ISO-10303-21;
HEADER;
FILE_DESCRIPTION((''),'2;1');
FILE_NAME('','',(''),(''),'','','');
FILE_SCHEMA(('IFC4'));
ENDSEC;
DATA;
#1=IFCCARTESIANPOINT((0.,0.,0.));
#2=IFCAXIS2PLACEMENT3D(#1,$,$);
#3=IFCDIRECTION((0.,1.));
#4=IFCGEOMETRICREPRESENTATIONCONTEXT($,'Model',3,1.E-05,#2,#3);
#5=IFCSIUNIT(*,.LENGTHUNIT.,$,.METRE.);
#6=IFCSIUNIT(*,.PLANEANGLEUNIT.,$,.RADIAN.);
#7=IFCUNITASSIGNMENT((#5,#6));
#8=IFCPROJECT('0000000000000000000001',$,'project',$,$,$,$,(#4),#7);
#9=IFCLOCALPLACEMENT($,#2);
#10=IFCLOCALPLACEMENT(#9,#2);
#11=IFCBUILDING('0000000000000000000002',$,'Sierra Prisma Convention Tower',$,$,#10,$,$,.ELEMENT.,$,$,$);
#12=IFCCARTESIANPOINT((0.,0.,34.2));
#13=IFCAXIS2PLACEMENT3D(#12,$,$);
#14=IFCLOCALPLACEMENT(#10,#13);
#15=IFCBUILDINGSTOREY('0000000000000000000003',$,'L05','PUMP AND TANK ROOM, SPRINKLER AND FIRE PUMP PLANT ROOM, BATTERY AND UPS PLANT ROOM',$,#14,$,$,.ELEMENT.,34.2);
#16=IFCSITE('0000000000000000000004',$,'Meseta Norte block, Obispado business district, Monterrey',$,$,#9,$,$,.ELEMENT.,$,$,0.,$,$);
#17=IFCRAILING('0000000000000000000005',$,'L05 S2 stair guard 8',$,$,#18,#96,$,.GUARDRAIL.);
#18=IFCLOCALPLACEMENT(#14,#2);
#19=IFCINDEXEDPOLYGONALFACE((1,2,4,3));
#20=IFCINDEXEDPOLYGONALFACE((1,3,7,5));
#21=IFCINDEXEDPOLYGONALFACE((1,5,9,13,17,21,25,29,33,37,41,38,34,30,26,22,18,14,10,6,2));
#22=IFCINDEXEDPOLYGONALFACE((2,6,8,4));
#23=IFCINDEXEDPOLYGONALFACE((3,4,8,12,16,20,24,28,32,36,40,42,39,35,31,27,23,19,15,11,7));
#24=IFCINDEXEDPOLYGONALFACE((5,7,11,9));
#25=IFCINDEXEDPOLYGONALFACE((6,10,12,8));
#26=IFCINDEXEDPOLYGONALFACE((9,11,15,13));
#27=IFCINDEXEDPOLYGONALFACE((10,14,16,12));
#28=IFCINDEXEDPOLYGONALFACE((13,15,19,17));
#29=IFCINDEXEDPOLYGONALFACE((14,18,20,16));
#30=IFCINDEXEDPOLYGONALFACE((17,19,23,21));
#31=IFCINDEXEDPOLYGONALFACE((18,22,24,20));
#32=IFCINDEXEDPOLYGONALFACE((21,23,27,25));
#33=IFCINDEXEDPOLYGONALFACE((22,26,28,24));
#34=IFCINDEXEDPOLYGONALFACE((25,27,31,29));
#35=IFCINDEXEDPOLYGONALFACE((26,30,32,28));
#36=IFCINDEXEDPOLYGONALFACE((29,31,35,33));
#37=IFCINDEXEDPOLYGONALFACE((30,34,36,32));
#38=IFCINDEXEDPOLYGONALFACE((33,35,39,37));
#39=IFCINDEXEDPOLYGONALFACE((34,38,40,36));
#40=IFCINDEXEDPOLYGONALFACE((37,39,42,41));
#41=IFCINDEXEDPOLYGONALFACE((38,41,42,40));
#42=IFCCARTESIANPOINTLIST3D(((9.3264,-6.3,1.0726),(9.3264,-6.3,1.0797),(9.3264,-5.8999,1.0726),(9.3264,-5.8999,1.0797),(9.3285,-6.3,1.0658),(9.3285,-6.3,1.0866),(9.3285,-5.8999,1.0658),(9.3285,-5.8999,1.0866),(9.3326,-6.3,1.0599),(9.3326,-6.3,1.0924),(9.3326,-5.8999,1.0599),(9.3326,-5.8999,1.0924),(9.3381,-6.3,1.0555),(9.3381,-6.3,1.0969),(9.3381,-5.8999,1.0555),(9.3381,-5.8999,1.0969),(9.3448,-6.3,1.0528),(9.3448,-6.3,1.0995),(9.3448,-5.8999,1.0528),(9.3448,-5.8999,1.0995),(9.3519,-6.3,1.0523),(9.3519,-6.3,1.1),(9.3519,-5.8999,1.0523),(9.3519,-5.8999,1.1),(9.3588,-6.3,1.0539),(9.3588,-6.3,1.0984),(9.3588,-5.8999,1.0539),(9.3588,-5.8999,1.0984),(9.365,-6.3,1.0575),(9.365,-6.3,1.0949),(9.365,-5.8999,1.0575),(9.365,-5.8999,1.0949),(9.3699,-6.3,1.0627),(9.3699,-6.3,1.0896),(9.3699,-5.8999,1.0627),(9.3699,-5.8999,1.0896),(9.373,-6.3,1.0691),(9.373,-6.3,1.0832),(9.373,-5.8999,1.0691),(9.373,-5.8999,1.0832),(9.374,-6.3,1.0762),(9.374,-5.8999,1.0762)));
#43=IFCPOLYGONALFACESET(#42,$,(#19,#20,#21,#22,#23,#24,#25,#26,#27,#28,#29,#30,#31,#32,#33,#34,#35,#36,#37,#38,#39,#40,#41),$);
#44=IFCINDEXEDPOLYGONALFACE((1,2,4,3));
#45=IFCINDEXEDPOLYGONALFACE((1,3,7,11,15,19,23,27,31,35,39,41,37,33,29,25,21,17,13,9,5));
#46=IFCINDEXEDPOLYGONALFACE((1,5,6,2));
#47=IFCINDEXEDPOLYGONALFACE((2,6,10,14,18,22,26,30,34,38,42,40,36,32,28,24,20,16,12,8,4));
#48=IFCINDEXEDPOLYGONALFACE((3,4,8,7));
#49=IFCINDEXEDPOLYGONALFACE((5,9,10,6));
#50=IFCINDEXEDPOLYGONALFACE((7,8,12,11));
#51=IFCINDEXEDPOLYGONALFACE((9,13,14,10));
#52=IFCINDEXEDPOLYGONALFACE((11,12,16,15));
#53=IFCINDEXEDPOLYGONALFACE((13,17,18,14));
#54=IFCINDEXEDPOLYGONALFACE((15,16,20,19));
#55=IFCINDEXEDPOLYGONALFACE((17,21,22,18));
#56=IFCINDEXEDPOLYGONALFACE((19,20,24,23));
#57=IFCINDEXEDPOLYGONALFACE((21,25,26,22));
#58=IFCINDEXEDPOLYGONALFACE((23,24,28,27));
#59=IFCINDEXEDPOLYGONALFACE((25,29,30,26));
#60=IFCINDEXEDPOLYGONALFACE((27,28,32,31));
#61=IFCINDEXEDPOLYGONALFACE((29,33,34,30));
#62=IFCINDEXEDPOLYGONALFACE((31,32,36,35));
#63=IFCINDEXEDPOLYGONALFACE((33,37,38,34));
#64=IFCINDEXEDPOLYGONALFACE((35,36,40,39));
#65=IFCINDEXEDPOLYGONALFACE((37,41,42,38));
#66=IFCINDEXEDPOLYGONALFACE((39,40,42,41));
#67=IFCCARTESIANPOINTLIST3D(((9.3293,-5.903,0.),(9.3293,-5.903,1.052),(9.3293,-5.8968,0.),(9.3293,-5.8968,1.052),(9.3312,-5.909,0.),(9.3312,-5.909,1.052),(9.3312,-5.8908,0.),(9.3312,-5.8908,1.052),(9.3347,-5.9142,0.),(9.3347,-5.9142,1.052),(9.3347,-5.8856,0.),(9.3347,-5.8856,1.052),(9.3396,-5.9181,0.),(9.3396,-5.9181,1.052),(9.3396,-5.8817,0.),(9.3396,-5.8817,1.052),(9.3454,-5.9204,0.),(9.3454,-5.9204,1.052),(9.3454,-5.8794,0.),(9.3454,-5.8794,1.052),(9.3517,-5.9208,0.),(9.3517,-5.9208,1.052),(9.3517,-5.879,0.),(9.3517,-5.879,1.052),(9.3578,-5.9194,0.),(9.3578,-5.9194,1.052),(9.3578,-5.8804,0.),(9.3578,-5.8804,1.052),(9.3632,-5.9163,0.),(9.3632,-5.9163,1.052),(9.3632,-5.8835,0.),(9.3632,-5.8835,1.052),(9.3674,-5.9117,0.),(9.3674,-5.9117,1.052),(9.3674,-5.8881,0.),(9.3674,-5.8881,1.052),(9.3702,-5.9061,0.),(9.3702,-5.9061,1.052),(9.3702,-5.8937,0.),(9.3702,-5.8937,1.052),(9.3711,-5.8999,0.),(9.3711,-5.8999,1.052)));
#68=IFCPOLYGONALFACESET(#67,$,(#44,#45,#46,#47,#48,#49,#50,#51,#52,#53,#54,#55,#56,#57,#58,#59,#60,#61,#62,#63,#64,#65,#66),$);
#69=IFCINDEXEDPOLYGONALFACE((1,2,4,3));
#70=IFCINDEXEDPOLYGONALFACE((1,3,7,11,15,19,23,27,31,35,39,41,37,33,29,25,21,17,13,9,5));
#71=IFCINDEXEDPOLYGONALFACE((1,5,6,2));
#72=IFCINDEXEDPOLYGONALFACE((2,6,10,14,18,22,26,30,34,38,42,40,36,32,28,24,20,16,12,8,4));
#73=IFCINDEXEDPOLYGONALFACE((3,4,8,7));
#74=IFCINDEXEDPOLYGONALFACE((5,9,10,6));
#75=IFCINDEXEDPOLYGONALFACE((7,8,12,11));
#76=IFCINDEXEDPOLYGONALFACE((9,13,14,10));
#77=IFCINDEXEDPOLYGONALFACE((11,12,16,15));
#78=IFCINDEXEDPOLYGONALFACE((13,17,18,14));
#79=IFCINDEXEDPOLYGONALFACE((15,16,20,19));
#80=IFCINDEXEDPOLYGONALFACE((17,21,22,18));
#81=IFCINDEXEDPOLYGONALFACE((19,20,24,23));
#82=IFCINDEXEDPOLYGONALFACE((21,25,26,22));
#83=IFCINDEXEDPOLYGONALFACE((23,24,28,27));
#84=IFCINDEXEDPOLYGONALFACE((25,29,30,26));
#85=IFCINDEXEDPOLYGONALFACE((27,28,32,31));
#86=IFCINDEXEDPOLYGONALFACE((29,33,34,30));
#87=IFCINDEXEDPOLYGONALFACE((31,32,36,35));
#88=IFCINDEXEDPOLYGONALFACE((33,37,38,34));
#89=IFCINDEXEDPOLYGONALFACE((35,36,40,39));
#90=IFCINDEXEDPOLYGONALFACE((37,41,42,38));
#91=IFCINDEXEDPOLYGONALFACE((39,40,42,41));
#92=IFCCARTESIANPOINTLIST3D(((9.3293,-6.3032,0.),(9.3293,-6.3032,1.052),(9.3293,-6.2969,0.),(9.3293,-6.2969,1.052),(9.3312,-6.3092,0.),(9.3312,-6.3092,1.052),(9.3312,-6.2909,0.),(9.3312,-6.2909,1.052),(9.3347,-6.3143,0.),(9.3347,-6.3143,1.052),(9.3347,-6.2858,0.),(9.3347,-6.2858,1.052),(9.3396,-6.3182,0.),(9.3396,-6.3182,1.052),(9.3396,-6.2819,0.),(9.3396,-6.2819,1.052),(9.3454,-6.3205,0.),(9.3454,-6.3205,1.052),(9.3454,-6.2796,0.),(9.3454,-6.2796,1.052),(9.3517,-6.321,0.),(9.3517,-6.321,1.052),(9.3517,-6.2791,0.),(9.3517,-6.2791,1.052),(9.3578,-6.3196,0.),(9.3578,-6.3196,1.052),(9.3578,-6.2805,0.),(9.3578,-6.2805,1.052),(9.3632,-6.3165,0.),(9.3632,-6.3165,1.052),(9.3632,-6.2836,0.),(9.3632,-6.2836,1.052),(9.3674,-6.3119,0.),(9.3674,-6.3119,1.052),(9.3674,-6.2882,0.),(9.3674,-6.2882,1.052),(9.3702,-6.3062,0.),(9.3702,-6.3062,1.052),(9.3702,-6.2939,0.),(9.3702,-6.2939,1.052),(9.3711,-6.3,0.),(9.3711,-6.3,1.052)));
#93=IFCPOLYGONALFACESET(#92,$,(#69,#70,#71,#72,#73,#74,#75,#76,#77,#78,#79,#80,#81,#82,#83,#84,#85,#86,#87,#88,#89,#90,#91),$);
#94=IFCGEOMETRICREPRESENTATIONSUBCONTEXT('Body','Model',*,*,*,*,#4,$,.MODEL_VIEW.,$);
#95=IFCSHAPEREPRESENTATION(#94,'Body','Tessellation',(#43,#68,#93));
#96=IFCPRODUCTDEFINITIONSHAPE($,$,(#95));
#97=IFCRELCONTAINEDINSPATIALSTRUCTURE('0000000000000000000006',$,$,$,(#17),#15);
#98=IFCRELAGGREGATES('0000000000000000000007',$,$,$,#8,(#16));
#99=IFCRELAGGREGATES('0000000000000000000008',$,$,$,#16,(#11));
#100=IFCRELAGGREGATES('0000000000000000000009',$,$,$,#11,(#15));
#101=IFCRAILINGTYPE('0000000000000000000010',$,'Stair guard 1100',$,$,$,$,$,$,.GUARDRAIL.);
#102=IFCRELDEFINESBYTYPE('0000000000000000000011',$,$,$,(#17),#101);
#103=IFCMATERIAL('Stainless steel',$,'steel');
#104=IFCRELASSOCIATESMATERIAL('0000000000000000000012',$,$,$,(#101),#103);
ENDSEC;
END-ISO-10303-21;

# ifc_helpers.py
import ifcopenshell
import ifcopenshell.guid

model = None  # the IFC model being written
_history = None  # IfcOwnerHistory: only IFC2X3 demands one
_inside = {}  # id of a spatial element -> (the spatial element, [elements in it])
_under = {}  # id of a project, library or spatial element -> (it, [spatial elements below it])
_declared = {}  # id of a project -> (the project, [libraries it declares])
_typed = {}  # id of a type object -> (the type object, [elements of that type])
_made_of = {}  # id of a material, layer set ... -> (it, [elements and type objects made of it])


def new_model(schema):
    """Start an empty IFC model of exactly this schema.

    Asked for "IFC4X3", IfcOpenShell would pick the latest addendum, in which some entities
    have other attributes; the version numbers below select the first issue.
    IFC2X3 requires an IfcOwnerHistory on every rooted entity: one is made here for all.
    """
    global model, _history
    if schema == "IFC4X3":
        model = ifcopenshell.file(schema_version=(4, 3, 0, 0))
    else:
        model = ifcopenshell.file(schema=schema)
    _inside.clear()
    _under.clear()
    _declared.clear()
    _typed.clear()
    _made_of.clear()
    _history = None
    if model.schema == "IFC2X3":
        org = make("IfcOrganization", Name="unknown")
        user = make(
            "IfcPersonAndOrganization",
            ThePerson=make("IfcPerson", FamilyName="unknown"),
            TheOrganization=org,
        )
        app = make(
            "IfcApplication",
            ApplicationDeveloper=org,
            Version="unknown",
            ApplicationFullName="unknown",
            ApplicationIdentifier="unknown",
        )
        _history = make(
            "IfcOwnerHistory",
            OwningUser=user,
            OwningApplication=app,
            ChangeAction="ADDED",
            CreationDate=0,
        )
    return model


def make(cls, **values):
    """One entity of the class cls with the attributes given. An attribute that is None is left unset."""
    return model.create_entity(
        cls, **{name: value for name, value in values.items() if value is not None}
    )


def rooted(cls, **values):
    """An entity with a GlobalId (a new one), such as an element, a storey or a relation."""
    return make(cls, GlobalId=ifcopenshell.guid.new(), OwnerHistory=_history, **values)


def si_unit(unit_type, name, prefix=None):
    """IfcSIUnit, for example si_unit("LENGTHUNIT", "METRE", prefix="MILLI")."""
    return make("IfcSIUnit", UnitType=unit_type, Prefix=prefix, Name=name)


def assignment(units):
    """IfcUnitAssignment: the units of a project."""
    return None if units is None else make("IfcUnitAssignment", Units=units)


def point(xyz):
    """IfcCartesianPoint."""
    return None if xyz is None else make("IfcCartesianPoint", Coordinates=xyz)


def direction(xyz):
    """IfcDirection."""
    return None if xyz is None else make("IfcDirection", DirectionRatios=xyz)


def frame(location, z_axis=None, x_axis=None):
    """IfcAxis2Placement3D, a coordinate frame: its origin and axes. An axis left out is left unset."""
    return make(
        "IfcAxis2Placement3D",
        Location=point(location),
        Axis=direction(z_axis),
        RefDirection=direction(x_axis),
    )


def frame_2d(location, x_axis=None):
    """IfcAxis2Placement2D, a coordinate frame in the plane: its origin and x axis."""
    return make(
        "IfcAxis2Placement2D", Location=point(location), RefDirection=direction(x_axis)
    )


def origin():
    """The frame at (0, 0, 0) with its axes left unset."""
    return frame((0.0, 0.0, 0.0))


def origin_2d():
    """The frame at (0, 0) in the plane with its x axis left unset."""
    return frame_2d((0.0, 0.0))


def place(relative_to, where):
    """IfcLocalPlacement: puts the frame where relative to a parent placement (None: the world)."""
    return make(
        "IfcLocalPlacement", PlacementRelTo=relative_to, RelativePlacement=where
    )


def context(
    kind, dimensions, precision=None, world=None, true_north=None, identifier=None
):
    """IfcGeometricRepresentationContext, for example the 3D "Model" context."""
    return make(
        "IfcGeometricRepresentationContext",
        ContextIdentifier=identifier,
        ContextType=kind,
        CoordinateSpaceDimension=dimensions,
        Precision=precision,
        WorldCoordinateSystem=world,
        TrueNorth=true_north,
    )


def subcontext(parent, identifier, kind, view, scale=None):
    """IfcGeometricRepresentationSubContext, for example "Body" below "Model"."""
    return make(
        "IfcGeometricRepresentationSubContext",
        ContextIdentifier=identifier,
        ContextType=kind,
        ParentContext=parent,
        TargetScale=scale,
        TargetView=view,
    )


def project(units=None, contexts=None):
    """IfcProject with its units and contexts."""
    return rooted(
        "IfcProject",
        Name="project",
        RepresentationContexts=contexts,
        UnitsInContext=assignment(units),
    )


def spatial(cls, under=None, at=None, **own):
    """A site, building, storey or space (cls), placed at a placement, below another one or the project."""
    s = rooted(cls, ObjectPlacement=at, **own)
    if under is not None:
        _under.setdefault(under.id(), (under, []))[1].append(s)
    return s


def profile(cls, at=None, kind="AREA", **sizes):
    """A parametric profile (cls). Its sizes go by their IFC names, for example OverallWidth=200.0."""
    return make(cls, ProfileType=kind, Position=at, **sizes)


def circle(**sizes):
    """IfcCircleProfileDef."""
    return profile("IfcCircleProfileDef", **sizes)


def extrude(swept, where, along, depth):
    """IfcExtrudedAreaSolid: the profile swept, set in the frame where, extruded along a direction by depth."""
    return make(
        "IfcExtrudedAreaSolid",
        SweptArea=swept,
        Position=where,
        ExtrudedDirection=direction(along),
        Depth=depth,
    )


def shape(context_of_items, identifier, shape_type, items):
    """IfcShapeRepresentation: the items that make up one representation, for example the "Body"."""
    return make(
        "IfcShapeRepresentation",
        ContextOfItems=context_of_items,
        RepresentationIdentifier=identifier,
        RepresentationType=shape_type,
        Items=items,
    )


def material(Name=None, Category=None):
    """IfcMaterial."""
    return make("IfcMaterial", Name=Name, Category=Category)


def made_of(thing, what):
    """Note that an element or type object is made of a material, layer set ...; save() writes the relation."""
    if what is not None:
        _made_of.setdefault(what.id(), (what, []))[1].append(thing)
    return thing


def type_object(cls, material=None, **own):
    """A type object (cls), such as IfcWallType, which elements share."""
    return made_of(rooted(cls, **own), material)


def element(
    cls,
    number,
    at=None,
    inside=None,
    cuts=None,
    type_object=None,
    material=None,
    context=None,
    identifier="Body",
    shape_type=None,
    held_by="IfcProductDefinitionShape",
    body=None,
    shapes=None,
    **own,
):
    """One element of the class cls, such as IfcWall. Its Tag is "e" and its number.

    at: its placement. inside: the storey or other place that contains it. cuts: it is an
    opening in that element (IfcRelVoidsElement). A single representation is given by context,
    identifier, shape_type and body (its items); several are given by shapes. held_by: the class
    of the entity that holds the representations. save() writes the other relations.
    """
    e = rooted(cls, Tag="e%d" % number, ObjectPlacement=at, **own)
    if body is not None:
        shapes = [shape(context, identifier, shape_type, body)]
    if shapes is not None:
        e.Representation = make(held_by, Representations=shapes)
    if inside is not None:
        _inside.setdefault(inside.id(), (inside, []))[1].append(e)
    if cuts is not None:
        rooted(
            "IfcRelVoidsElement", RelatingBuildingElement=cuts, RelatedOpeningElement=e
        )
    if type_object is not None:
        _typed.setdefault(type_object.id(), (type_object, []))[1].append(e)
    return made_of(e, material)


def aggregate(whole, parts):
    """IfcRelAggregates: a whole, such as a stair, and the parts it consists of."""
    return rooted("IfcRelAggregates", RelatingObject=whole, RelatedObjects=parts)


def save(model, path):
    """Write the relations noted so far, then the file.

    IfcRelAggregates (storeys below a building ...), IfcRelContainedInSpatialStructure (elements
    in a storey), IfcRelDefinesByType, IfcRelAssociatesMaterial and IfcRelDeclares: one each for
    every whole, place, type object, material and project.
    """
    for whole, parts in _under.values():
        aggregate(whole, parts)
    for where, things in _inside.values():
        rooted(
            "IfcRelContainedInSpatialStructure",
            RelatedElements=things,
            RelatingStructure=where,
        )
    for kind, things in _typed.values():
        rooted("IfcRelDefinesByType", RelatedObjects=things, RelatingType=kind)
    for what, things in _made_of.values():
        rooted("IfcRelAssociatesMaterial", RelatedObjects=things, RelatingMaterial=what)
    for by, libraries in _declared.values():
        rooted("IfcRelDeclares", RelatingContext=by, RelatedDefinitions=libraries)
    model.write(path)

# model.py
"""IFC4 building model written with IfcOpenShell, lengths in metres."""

from ifc_helpers import new_model, si_unit, direction, frame, origin, origin_2d, place, context, subcontext, project, spatial, circle, extrude, material, type_object, element, save


model = new_model("IFC4")

# Units and contexts
model_context = context("Model", 3, precision=1e-05, world=origin(), true_north=direction((0.0, 1.0)))
body_context = subcontext(model_context, "Body", "Model", "MODEL_VIEW")
ifc_project = project(units=[si_unit("LENGTHUNIT", "METRE"), si_unit("PLANEANGLEUNIT", "RADIAN")], contexts=[model_context])

# Site, building, storey
site_placement = place(None, origin())
site = spatial("IfcSite", under=ifc_project, at=site_placement, Name="Meseta Norte block, Obispado business district, Monterrey", CompositionType="ELEMENT", RefElevation=0.0)
building_placement = place(site_placement, origin())
building = spatial("IfcBuilding", under=site, at=building_placement, Name="Sierra Prisma Convention Tower", CompositionType="ELEMENT")
storey_placement = place(building_placement, frame((0.0, 0.0, 34.2)))
storey = spatial("IfcBuildingStorey", under=building, at=storey_placement, Name="L05", Description="PUMP AND TANK ROOM, SPRINKLER AND FIRE PUMP PLANT ROOM, BATTERY AND UPS PLANT ROOM", CompositionType="ELEMENT", Elevation=34.2)

# Railing
ifc_material_1 = material(Name="Stainless steel", Category="steel")
railing_type_1 = type_object("IfcRailingType", Name="Stair guard 1100", PredefinedType="GUARDRAIL", material=ifc_material_1)
railing_1_placement = place(storey_placement, frame((9.3501, -5.8999, 0.0)))
element("IfcRailing", 1, at=railing_1_placement, inside=storey, type_object=railing_type_1, Name="L05 S2 stair guard 8", PredefinedType="GUARDRAIL", context=body_context, shape_type="SweptSolid", body=[
    extrude(circle(Radius=0.0239, at=origin_2d()), frame((0.0, 0.0, 1.0762), z_axis=(0.0, -1.0, 0.0), x_axis=(1.0, 0.0, 0.0)), (0.0, 0.0, 1.0), 0.4001),
    extrude(circle(Radius=0.021, at=origin_2d()), origin(), (0.0, 0.0, 1.0), 1.052),
    extrude(circle(Radius=0.021, at=origin_2d()), frame((0.0, -0.4001, 0.0)), (0.0, 0.0, 1.0), 1.052),
])

save(model, "model.ifc")
